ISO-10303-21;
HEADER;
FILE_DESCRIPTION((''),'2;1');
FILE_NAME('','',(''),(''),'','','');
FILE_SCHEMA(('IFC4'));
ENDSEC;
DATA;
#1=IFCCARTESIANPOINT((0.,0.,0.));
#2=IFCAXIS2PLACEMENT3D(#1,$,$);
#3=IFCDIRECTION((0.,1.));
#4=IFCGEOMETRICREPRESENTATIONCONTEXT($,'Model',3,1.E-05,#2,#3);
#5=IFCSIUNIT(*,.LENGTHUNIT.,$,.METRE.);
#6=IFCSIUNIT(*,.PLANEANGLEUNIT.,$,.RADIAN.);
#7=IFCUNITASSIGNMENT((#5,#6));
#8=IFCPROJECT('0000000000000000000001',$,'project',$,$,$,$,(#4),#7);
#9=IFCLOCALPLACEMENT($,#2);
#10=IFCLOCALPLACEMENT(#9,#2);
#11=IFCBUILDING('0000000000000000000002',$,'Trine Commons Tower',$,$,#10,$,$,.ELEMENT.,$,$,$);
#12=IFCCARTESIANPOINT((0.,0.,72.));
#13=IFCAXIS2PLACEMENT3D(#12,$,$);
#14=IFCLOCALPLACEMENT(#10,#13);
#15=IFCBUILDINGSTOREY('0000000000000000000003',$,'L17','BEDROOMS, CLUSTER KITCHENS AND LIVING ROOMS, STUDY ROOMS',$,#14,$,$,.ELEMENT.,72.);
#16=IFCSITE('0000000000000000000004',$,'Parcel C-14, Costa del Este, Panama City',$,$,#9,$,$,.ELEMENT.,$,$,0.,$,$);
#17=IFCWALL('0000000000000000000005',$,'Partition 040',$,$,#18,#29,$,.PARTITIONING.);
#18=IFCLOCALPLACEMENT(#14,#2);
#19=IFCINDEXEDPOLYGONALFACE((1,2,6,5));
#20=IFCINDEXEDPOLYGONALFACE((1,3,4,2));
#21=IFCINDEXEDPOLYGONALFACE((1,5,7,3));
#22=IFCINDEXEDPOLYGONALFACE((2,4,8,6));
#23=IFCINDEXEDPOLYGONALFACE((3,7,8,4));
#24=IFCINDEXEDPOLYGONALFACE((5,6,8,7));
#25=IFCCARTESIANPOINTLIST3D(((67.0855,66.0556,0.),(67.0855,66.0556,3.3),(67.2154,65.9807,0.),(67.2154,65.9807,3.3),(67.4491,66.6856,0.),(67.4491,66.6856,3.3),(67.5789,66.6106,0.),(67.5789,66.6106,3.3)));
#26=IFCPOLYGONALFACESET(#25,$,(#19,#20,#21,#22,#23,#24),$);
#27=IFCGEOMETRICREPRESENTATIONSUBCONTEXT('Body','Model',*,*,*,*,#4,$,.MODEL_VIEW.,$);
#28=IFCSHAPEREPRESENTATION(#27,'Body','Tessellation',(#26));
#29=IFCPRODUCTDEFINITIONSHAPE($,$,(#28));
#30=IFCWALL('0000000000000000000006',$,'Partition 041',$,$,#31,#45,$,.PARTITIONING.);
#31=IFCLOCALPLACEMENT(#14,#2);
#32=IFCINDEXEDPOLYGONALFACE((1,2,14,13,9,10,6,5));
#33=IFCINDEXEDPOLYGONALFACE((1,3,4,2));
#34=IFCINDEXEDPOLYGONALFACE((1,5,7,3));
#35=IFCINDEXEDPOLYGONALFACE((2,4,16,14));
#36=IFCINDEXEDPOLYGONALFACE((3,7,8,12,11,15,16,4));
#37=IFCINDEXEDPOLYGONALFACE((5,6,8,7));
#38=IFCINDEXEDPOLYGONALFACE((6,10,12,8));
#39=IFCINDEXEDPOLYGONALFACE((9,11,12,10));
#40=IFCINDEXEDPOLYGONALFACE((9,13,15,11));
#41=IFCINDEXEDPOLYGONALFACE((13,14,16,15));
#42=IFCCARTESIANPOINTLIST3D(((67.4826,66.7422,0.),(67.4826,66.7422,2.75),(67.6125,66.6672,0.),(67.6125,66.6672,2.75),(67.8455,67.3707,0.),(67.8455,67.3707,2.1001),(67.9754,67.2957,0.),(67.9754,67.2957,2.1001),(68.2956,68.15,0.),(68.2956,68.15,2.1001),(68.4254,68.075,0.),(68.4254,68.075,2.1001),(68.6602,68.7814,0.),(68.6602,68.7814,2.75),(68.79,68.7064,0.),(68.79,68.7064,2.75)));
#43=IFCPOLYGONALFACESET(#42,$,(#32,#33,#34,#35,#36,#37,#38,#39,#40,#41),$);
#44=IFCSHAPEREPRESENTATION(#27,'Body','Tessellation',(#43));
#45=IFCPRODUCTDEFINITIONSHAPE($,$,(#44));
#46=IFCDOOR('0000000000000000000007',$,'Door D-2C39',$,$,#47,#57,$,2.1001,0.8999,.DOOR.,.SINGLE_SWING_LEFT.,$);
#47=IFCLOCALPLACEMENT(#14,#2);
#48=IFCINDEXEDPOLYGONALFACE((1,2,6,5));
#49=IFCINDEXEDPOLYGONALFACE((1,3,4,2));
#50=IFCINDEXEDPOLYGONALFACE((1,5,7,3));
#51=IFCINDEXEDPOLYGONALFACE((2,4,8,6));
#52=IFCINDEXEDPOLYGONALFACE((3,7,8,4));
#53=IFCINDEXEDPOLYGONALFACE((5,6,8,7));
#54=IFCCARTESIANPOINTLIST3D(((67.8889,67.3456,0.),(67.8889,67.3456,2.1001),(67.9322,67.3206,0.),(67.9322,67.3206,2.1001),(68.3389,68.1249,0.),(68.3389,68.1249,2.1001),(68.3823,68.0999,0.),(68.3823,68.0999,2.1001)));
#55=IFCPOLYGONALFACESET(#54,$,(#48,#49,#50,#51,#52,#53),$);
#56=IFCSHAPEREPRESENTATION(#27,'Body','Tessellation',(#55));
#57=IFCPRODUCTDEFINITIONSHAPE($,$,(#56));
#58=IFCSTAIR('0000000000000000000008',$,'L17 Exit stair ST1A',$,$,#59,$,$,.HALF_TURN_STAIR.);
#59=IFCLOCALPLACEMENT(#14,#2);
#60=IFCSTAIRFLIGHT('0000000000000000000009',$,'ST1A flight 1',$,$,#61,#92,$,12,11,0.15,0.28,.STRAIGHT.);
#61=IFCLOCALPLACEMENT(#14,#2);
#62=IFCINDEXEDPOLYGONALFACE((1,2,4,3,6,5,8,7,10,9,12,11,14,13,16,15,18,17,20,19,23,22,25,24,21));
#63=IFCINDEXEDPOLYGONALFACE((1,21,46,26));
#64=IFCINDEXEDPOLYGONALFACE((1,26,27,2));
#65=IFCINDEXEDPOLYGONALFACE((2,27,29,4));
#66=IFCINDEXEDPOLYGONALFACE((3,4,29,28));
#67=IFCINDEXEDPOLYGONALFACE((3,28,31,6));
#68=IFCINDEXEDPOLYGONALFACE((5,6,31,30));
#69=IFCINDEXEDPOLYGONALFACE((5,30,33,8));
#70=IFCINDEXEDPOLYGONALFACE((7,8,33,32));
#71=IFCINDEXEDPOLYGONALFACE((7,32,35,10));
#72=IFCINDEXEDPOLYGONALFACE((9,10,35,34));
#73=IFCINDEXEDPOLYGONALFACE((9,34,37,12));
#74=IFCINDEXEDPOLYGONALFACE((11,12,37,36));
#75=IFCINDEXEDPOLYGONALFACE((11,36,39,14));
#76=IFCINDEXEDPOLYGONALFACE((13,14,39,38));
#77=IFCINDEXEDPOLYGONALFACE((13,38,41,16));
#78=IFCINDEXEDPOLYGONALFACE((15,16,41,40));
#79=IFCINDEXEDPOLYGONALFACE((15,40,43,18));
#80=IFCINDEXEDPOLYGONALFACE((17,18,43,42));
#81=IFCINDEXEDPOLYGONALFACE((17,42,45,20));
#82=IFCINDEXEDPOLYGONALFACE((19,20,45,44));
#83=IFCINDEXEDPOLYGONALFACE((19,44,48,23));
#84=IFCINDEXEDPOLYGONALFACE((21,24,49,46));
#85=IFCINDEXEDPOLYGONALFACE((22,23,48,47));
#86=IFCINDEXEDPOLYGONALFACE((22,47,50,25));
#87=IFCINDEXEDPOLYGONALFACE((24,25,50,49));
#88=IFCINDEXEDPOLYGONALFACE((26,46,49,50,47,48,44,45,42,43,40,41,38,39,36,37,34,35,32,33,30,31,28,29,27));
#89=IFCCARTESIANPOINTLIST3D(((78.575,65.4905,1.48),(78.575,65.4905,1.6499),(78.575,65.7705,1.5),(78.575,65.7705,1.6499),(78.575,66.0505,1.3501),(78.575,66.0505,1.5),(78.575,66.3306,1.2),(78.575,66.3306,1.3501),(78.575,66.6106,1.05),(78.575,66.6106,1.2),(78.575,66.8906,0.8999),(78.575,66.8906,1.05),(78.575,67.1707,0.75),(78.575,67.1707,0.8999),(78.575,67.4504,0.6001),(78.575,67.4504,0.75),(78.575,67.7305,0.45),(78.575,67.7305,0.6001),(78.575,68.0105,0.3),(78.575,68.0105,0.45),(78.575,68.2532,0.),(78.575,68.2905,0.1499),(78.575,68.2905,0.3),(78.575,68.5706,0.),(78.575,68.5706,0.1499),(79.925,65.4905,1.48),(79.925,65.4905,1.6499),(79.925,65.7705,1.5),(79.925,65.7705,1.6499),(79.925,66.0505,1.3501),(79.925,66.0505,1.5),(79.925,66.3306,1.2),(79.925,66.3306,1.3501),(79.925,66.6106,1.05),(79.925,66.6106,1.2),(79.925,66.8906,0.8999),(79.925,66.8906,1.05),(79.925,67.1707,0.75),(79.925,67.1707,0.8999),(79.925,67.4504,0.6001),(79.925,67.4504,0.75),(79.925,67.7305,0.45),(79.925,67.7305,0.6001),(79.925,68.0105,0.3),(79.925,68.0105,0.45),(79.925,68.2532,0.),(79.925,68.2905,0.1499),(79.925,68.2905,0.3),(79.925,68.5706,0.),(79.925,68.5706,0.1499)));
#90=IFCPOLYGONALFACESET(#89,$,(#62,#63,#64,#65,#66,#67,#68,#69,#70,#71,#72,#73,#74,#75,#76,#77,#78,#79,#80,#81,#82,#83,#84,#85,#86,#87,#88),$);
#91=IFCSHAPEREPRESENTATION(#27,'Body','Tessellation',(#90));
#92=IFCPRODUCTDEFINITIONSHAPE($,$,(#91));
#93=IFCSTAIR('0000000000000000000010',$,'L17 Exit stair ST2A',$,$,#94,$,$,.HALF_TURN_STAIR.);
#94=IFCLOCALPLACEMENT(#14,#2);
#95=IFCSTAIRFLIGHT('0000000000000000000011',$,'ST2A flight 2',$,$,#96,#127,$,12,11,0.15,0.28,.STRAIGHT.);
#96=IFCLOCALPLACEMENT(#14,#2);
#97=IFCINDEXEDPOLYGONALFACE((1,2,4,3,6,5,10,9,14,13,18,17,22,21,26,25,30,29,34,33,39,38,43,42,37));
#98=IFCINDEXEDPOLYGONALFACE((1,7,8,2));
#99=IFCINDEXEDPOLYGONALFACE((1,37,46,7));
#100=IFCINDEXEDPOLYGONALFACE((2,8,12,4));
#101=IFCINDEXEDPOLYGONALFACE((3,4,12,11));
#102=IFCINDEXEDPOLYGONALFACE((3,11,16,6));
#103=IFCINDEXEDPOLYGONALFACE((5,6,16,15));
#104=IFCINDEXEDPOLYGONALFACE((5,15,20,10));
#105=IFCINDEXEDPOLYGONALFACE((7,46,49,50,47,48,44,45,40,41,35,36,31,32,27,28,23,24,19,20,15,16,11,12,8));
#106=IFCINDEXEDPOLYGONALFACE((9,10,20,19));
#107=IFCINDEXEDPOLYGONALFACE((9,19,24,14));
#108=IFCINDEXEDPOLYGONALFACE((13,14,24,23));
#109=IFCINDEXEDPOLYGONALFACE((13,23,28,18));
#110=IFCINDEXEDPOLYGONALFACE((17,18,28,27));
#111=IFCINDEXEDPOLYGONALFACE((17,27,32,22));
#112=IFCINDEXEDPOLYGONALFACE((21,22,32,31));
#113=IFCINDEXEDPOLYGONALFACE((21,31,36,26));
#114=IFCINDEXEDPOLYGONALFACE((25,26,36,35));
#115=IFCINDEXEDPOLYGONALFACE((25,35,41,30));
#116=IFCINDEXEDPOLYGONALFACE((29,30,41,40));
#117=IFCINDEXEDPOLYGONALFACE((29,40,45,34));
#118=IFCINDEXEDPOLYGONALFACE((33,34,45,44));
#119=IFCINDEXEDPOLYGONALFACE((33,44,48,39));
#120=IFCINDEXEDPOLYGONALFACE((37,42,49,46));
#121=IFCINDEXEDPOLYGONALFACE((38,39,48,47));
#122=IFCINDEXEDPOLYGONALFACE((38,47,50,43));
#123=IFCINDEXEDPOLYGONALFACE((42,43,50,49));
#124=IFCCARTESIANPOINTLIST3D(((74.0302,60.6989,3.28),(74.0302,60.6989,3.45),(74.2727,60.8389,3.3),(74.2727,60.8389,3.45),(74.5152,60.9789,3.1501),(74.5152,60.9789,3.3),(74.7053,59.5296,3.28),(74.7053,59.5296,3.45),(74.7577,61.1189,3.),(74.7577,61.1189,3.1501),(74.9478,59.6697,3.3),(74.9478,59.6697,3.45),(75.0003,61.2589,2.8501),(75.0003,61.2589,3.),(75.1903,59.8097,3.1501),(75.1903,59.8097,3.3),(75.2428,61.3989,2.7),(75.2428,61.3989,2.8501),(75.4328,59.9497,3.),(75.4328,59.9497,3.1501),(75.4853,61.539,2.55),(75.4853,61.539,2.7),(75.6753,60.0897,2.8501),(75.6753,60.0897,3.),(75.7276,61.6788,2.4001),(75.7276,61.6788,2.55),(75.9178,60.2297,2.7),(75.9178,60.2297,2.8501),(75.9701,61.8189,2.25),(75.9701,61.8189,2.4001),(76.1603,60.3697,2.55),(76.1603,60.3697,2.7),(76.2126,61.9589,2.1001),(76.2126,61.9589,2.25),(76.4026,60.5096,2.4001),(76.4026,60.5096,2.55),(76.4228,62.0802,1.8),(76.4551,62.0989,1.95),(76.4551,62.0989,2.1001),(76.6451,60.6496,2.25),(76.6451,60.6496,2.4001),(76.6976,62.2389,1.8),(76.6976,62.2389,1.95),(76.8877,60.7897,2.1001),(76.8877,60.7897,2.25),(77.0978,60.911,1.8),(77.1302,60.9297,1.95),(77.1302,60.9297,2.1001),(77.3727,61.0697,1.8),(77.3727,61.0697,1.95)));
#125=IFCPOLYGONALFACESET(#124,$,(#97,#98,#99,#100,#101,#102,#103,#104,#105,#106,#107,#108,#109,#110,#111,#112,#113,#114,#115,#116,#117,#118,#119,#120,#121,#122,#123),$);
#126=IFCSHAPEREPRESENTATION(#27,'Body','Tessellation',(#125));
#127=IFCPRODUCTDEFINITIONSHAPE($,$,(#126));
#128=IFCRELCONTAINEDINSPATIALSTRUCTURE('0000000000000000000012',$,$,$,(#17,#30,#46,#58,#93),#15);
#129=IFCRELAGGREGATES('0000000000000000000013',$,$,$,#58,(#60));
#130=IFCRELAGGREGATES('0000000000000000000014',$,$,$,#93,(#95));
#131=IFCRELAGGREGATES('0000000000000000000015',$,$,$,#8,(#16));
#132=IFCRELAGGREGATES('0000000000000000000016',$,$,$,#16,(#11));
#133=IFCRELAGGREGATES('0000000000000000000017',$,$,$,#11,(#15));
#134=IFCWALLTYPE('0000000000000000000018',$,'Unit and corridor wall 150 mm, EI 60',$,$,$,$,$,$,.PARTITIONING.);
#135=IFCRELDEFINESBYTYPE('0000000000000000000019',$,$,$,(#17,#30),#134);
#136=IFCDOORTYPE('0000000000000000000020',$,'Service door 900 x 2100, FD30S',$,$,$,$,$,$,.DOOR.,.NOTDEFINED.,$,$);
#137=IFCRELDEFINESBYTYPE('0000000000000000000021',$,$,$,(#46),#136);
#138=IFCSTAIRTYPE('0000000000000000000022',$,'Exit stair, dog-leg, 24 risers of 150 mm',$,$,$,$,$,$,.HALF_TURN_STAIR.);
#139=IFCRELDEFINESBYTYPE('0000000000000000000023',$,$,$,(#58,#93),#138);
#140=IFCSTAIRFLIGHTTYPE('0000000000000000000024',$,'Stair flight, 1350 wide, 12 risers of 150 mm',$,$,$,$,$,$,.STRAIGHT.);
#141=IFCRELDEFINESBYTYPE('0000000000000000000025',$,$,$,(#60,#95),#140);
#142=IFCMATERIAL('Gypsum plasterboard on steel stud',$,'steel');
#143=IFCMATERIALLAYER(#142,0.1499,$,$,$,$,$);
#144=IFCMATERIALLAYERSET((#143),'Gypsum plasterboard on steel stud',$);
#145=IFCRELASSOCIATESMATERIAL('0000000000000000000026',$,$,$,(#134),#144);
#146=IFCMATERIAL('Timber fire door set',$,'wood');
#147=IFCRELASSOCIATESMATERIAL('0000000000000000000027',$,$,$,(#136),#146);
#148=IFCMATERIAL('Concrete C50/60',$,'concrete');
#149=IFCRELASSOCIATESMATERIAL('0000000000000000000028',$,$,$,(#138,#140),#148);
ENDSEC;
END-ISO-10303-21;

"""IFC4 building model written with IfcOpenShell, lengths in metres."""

from ifc_helpers import new_model, si_unit, direction, frame, frame_2d, origin, place, context, subcontext, project, spatial, polyline, rectangle, outline, extrude, material, layer, layer_set, type_object, element, fill, aggregate, save


model = new_model("IFC4")

# Units and contexts
model_context = context("Model", 3, precision=1e-05, world=origin(), true_north=direction((0.0, 1.0)))
body_context = subcontext(model_context, "Body", "Model", "MODEL_VIEW")
ifc_project = project(units=[si_unit("LENGTHUNIT", "METRE"), si_unit("PLANEANGLEUNIT", "RADIAN")], contexts=[model_context])

# Site, building, storey
site_placement = place(None, origin())
site = spatial("IfcSite", under=ifc_project, at=site_placement, Name="Parcel C-14, Costa del Este, Panama City", CompositionType="ELEMENT", RefElevation=0.0)
building_placement = place(site_placement, origin())
building = spatial("IfcBuilding", under=site, at=building_placement, Name="Trine Commons Tower", CompositionType="ELEMENT")
storey_placement = place(building_placement, frame((0.0, 0.0, 72.0)))
storey = spatial("IfcBuildingStorey", under=building, at=storey_placement, Name="L17", Description="BEDROOMS, CLUSTER KITCHENS AND LIVING ROOMS, STUDY ROOMS", CompositionType="ELEMENT", Elevation=72.0)

# Shared definitions
ifc_material_1 = material(Name="Concrete C50/60", Category="concrete")

# Shared definitions
ifc_material_2 = material(Name="Gypsum plasterboard on steel stud", Category="steel")
ifc_layer_1 = layer(ifc_material_2, 0.1499)
ifc_layer_set_1 = layer_set([ifc_layer_1], Name="Gypsum plasterboard on steel stud")
wall_type_1 = type_object("IfcWallType", Name="Unit and corridor wall 150 mm, EI 60", PredefinedType="PARTITIONING", material=ifc_layer_set_1)
ifc_material_3 = material(Name="Timber fire door set", Category="wood")
door_type_1 = type_object("IfcDoorType", Name="Service door 900 x 2100, FD30S", OperationType="NOTDEFINED", PredefinedType="DOOR", material=ifc_material_3)

# Wall
wall_1_placement = place(storey_placement, frame((67.1504, 66.0181, 0.0), z_axis=(0.0, 0.0, 1.0), x_axis=(0.499858, 0.866107, 0.0)))
element("IfcWall", 1, at=wall_1_placement, inside=storey, type_object=wall_type_1, Name="Partition 040", PredefinedType="PARTITIONING", context=body_context, shape_type="SweptSolid", body=[
    extrude(rectangle(XDim=0.7273, YDim=0.1499, at=frame_2d((0.3638, 0.0))), origin(), (0.0, 0.0, 1.0), 3.3),
])

# Wall, opening, door
wall_2_placement = place(storey_placement, frame((67.5476, 66.7048, 0.0), z_axis=(0.0, 0.0, 1.0), x_axis=(0.500075, 0.865982, 0.0)))
wall_2 = element("IfcWall", 2, at=wall_2_placement, inside=storey, type_object=wall_type_1, Name="Partition 041", PredefinedType="PARTITIONING", context=body_context, shape_type="SweptSolid", body=[
    extrude(rectangle(XDim=2.3547, YDim=0.1499, at=frame_2d((1.1772, 0.0))), origin(), (0.0, 0.0, 1.0), 2.75),
])
opening_1_placement = place(wall_2_placement, frame((0.7256, 0.0, 0.0)))
opening_1 = element("IfcOpeningElement", 3, at=opening_1_placement, cuts=wall_2, PredefinedType="OPENING", context=body_context, shape_type="SweptSolid", body=[
    extrude(rectangle(XDim=0.8999, YDim=2.1001, at=frame_2d((0.45, 1.05))), frame((0.0, 0.085, 0.0), z_axis=(0.0, -1.0, 0.0), x_axis=(1.0, 0.0, 0.0)), (0.0, 0.0, 1.0), 0.1699),
])
door_1_placement = place(opening_1_placement, origin())
door_1 = element("IfcDoor", 4, at=door_1_placement, inside=storey, type_object=door_type_1, Name="Door D-2C39", OperationType="SINGLE_SWING_LEFT", OverallHeight=2.1001, OverallWidth=0.8999, PredefinedType="DOOR", context=body_context, shape_type="SweptSolid", body=[
    extrude(rectangle(XDim=0.8999, YDim=2.1001, at=frame_2d((0.45, 1.05))), frame((0.0, 0.0249, 0.0), z_axis=(0.0, -1.0, 0.0), x_axis=(1.0, 0.0, 0.0)), (0.0, 0.0, 1.0), 0.05),
])
fill(opening_1, door_1)

# Stairs, stair flights
stair_type = type_object("IfcStairType", Name="Exit stair, dog-leg, 24 risers of 150 mm", PredefinedType="HALF_TURN_STAIR", material=ifc_material_1)
stair_1_placement = place(storey_placement, origin())
stair_1 = element("IfcStair", 5, at=stair_1_placement, inside=storey, type_object=stair_type, Name="L17 Exit stair ST1A", PredefinedType="HALF_TURN_STAIR")
stair_flight_type = type_object("IfcStairFlightType", Name="Stair flight, 1350 wide, 12 risers of 150 mm", PredefinedType="STRAIGHT", material=ifc_material_1)
stair_flight_1_placement = place(storey_placement, frame((79.25, 68.5706, 0.0), z_axis=(0.0, 0.0, 1.0), x_axis=(0.0, -1.0, 0.0)))
stair_flight_1 = element("IfcStairFlight", 6, at=stair_flight_1_placement, type_object=stair_flight_type, Name="ST1A flight 1", NumberOfRisers=12, NumberOfTreads=11, PredefinedType="STRAIGHT", RiserHeight=0.15, TreadLength=0.28, context=body_context, shape_type="SweptSolid", body=[
    extrude(outline(polyline([(0.0, 0.0), (0.0, 0.1499), (0.28, 0.1499), (0.28, 0.3), (0.5601, 0.3), (0.5601, 0.45), (0.8401, 0.45), (0.8401, 0.6001), (1.1201, 0.6001), (1.1201, 0.75), (1.3999, 0.75), (1.3999, 0.8999), (1.6799, 0.8999), (1.6799, 1.05), (1.96, 1.05), (1.96, 1.2), (2.24, 1.2), (2.24, 1.3501), (2.52, 1.3501), (2.52, 1.5), (2.8, 1.5), (2.8, 1.6499), (3.0801, 1.6499), (3.0801, 1.8), (3.0801, 1.48), (0.3174, 0.0), (0.0, 0.0)])), frame((0.0, 0.675, 0.0), z_axis=(0.0, -1.0, 0.0), x_axis=(1.0, 0.0, 0.0)), (0.0, 0.0, 1.0), 1.3501),
])
aggregate(stair_1, [stair_flight_1])
stair_2_placement = place(storey_placement, origin())
stair_2 = element("IfcStair", 7, at=stair_2_placement, inside=storey, type_object=stair_type, Name="L17 Exit stair ST2A", PredefinedType="HALF_TURN_STAIR")
stair_flight_2_placement = place(storey_placement, frame((77.0352, 61.6543, 1.8), z_axis=(0.0, 0.0, 1.0), x_axis=(-0.866025, -0.5, 0.0)))
stair_flight_2 = element("IfcStairFlight", 8, at=stair_flight_2_placement, type_object=stair_flight_type, Name="ST2A flight 2", NumberOfRisers=12, NumberOfTreads=11, PredefinedType="STRAIGHT", RiserHeight=0.15, TreadLength=0.28, context=body_context, shape_type="SweptSolid", body=[
    extrude(outline(polyline([(0.0, 0.0), (0.0, 0.1499), (0.28, 0.1499), (0.28, 0.3), (0.5601, 0.3), (0.5601, 0.45), (0.8401, 0.45), (0.8401, 0.6001), (1.1201, 0.6001), (1.1201, 0.75), (1.3999, 0.75), (1.3999, 0.8999), (1.6799, 0.8999), (1.6799, 1.05), (1.96, 1.05), (1.96, 1.2), (2.24, 1.2), (2.24, 1.3501), (2.52, 1.3501), (2.52, 1.5), (2.8, 1.5), (2.8, 1.6499), (3.0801, 1.6499), (3.0801, 1.8), (3.0801, 1.48), (0.3174, 0.0), (0.0, 0.0)])), frame((0.0, 0.675, 0.0), z_axis=(0.0, -1.0, 0.0), x_axis=(1.0, 0.0, 0.0)), (0.0, 0.0, 1.0), 1.3501),
])
aggregate(stair_2, [stair_flight_2])

save(model, "model.ifc")
